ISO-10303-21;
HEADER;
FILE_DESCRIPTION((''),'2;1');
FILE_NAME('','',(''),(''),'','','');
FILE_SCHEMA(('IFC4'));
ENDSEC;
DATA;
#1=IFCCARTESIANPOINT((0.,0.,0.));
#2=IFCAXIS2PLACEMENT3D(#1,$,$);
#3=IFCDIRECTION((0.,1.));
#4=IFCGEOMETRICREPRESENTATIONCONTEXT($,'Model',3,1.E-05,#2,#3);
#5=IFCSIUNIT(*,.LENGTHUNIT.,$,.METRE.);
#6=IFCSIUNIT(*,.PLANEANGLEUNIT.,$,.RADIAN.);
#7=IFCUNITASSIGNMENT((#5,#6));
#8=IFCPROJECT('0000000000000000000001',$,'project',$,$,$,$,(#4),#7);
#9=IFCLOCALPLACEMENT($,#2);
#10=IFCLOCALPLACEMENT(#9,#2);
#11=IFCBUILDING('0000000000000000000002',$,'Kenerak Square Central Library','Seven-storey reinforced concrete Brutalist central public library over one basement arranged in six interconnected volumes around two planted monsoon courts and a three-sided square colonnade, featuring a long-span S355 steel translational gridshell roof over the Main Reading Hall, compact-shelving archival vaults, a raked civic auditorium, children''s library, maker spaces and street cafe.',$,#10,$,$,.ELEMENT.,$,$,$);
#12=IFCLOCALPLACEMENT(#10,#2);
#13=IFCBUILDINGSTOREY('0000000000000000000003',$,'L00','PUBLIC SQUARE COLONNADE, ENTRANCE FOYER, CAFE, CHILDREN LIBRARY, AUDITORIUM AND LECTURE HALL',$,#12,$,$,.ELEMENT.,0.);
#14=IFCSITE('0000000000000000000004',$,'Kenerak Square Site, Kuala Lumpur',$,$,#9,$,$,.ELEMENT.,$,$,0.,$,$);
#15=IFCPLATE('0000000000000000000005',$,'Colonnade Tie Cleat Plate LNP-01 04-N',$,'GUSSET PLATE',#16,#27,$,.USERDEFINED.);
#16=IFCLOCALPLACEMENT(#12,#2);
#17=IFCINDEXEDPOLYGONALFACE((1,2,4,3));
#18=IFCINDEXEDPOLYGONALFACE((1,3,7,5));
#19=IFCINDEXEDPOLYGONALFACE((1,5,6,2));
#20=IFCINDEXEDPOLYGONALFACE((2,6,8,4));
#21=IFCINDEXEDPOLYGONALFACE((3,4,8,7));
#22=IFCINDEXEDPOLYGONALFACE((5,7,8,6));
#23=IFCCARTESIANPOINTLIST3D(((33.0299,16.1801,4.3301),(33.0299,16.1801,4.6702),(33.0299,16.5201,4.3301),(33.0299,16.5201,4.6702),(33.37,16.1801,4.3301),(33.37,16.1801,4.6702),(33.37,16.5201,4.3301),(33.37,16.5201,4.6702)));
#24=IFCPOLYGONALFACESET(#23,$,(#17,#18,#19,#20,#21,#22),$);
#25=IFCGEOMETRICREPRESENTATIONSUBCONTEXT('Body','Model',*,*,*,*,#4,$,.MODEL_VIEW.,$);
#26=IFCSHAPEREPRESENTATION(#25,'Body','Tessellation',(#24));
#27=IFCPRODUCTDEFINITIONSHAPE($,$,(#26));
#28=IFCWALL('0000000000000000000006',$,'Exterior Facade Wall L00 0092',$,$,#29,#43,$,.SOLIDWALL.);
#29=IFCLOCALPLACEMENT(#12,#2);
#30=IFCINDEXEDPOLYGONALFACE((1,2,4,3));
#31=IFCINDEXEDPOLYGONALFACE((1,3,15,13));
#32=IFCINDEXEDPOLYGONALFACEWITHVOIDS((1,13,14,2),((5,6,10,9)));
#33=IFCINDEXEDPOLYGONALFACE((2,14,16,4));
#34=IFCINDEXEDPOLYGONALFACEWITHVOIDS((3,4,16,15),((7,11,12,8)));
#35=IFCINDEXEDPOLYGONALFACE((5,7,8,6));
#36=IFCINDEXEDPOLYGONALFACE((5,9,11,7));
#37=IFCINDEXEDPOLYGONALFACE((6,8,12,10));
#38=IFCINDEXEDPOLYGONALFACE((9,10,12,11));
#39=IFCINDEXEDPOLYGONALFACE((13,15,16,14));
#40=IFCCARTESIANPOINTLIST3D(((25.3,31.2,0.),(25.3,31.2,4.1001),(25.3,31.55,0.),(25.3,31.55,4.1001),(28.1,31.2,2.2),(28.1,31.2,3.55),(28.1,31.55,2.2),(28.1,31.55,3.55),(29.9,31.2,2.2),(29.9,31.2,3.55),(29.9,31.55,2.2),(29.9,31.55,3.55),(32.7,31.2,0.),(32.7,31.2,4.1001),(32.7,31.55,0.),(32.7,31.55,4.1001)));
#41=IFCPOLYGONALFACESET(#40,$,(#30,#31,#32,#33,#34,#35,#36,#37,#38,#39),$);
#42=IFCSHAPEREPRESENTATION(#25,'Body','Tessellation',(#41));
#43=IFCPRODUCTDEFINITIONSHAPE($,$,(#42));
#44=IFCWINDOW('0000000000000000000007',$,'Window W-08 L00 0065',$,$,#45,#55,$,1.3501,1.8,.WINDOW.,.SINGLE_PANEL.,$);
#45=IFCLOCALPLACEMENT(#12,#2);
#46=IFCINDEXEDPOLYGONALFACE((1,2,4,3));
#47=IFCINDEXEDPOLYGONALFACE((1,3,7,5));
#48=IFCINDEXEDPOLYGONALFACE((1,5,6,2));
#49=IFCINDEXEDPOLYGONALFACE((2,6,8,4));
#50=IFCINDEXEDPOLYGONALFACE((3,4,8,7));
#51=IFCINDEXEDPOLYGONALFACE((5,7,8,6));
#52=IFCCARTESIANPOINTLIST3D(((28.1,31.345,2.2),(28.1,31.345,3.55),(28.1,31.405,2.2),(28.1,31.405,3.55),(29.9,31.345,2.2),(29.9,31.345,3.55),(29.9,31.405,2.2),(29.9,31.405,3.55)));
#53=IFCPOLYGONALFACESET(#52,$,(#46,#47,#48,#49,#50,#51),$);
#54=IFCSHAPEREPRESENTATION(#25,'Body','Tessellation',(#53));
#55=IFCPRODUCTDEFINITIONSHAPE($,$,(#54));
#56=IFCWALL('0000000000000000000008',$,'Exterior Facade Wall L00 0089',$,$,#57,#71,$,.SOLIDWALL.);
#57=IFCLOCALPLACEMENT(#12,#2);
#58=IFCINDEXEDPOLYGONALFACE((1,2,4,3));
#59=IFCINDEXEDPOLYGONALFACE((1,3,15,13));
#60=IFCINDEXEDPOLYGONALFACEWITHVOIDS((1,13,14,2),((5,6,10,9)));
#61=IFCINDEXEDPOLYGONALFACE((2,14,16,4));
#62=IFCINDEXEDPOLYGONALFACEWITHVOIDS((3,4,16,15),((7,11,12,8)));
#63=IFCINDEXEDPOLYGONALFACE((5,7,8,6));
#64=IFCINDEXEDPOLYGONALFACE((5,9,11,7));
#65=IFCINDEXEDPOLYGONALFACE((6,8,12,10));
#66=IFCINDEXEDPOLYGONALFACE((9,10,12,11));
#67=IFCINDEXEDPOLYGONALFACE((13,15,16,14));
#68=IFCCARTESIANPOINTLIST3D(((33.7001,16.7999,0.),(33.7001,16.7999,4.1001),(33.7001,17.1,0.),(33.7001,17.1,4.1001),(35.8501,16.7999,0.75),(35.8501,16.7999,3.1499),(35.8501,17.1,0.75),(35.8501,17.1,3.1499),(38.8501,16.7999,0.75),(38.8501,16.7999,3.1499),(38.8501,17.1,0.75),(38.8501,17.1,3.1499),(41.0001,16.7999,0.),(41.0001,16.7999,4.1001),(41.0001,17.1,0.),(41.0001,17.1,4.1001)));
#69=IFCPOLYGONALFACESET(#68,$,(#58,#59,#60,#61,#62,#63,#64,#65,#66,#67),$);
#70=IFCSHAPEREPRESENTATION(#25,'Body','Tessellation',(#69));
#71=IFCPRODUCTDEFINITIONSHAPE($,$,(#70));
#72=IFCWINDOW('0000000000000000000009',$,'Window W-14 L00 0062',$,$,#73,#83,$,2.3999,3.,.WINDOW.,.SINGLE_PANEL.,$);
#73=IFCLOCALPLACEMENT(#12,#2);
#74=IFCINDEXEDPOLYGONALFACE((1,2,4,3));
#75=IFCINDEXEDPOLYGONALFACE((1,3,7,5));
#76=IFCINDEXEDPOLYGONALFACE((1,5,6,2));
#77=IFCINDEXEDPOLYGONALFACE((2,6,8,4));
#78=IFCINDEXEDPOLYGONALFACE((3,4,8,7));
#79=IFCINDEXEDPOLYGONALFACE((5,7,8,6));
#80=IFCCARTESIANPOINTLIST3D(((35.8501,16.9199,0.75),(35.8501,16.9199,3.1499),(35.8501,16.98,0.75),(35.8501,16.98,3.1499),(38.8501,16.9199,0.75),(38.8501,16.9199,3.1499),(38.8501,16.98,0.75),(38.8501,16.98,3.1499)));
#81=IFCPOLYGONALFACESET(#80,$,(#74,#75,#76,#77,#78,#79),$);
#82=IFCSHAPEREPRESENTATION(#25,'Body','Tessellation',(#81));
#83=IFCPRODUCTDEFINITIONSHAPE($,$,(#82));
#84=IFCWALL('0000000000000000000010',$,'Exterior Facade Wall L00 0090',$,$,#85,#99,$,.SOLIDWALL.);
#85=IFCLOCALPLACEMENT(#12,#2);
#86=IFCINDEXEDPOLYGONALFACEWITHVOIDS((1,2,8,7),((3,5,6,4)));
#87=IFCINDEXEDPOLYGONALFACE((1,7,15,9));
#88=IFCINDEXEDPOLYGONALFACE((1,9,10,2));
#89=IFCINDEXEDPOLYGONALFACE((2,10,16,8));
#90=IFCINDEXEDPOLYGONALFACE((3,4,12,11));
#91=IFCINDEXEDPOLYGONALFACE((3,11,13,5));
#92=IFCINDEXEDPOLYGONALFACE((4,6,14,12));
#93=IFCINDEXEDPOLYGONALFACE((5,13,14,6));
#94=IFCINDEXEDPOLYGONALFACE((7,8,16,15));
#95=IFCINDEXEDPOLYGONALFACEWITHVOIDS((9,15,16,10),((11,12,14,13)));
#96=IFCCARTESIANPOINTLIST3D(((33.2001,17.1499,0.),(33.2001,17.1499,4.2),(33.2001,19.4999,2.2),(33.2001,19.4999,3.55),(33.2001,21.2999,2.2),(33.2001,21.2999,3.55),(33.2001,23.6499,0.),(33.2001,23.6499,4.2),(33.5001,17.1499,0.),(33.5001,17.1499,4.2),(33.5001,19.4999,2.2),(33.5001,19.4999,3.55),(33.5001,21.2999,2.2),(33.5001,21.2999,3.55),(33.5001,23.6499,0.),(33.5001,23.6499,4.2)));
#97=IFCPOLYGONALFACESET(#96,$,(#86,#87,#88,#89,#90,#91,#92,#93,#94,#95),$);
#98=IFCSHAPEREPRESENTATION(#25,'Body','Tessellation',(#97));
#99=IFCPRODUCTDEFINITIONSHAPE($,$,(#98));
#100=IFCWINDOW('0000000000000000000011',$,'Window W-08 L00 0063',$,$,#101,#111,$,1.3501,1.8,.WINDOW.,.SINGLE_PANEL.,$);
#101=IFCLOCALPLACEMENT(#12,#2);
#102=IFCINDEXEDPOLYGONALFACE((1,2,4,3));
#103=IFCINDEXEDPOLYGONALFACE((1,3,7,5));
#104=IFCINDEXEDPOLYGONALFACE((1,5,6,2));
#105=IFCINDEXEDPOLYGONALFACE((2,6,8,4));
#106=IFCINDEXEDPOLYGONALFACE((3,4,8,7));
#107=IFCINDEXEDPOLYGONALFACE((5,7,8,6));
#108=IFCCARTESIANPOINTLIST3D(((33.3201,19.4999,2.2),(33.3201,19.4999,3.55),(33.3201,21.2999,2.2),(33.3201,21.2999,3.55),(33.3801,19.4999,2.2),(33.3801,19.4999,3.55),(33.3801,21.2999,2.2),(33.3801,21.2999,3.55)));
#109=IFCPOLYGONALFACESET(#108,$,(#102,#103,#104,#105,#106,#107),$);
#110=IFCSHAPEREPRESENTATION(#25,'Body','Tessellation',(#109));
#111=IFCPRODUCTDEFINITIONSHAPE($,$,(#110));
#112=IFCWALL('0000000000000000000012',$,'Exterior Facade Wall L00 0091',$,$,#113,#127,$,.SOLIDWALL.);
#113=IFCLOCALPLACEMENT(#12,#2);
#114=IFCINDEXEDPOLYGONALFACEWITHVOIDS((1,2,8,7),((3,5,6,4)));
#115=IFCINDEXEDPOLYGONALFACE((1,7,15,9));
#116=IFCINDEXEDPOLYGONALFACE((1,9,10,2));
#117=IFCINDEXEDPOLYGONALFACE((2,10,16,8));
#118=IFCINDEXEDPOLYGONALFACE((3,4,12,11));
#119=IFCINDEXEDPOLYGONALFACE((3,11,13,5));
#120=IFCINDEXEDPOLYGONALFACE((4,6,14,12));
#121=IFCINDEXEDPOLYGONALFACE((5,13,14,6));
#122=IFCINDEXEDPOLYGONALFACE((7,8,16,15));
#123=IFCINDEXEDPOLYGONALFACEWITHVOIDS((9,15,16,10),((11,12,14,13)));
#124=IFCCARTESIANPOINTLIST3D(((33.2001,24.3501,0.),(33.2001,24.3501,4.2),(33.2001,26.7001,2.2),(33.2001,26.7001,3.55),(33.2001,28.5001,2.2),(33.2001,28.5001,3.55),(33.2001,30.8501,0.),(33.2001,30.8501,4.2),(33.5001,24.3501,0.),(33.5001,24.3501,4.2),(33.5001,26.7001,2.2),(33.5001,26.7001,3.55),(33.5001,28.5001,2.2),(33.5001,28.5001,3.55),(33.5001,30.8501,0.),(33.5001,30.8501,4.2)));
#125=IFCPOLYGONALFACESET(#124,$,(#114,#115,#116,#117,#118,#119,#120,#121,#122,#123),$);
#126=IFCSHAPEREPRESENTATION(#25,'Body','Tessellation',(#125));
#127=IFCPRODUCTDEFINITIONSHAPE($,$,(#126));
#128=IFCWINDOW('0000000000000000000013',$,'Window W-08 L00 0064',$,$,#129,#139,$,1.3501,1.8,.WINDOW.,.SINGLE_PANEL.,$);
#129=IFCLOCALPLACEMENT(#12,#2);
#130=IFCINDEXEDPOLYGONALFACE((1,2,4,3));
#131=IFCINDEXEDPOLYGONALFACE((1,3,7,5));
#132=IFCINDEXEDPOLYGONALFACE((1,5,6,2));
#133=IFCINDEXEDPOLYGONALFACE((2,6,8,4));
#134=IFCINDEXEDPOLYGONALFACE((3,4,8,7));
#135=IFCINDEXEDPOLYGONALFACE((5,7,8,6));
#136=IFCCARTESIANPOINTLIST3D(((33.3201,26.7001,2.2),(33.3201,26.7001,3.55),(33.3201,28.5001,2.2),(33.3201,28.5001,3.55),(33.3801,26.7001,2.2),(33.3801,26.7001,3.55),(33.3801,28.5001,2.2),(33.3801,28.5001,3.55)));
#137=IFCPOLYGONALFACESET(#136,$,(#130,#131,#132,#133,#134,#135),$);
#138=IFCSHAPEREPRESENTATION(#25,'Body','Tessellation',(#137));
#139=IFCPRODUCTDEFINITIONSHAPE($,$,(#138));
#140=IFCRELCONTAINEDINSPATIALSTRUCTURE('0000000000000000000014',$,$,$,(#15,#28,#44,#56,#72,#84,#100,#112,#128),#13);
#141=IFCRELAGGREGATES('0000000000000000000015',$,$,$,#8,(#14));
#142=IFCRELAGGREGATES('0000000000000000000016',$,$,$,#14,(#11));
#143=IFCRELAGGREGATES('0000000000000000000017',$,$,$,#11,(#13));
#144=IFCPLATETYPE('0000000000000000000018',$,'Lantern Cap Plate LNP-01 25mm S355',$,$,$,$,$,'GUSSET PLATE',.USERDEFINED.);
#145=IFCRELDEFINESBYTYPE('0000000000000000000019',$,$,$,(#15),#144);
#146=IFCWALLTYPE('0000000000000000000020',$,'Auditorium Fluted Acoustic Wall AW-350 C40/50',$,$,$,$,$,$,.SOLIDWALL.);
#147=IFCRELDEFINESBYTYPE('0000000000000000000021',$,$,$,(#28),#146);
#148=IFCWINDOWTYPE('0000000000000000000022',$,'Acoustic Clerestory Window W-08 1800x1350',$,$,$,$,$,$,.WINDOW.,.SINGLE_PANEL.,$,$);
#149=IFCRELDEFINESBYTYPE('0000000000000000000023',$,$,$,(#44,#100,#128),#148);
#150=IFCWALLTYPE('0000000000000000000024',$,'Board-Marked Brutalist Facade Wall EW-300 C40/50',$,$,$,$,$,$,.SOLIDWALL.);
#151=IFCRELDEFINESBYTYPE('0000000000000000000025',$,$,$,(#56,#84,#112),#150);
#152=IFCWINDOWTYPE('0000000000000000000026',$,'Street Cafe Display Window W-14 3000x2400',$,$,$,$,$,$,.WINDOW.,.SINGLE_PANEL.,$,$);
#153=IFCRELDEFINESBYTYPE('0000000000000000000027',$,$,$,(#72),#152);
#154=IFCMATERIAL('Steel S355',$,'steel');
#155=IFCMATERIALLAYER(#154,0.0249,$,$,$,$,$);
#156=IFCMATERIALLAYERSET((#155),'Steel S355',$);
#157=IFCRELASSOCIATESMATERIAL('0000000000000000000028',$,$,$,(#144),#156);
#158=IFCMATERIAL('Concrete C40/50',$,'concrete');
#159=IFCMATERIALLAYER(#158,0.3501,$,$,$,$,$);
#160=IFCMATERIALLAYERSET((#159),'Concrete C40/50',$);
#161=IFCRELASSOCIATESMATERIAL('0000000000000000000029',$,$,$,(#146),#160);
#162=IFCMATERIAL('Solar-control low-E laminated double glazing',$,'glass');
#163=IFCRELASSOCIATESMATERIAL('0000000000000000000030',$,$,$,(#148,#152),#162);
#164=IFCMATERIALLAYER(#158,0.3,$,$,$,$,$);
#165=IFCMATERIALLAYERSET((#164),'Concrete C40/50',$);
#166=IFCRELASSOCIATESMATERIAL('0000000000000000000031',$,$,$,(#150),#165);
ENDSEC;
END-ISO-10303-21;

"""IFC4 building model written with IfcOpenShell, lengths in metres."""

from ifc_helpers import new_model, si_unit, direction, frame, frame_2d, origin, origin_2d, place, context, subcontext, project, spatial, rectangle, extrude, material, layer, layer_set, type_object, element, fill, save


model = new_model("IFC4")

# Units and contexts
model_context = context("Model", 3, precision=1e-05, world=origin(), true_north=direction((0.0, 1.0)))
body_context = subcontext(model_context, "Body", "Model", "MODEL_VIEW")
ifc_project = project(units=[si_unit("LENGTHUNIT", "METRE"), si_unit("PLANEANGLEUNIT", "RADIAN")], contexts=[model_context])

# Site, building, storey
site_placement = place(None, origin())
site = spatial("IfcSite", under=ifc_project, at=site_placement, Name="Kenerak Square Site, Kuala Lumpur", CompositionType="ELEMENT", RefElevation=0.0)
building_placement = place(site_placement, origin())
building = spatial("IfcBuilding", under=site, at=building_placement, Name="Kenerak Square Central Library", Description="Seven-storey reinforced concrete Brutalist central public library over one basement arranged in six interconnected volumes around two planted monsoon courts and a three-sided square colonnade, featuring a long-span S355 steel translational gridshell roof over the Main Reading Hall, compact-shelving archival vaults, a raked civic auditorium, children's library, maker spaces and street cafe.", CompositionType="ELEMENT")
storey_placement = place(building_placement, origin())
storey = spatial("IfcBuildingStorey", under=building, at=storey_placement, Name="L00", Description="PUBLIC SQUARE COLONNADE, ENTRANCE FOYER, CAFE, CHILDREN LIBRARY, AUDITORIUM AND LECTURE HALL", CompositionType="ELEMENT", Elevation=0.0)

# Shared definitions
ifc_material_1 = material(Name="Steel S355", Category="steel")

# Shared definitions
ifc_material_2 = material(Name="Concrete C40/50", Category="concrete")

# Plate
ifc_layer_1 = layer(ifc_material_1, 0.0249)
ifc_layer_set_1 = layer_set([ifc_layer_1], Name="Steel S355")
plate_type = type_object("IfcPlateType", Name="Lantern Cap Plate LNP-01 25mm S355", ElementType="GUSSET PLATE", PredefinedType="USERDEFINED", material=ifc_layer_set_1)
for number, where, z_axis, x_axis, name in (
    (1, (33.2, 16.3501, 4.3301), (0.0, 0.0, 1.0), (1.0, 0.0, 0.0), "Colonnade Tie Cleat Plate LNP-01 04-N"),
):
    element("IfcPlate", number, at=place(storey_placement, frame(where, z_axis=z_axis, x_axis=x_axis)), inside=storey, type_object=plate_type, Name=name, ObjectType="GUSSET PLATE", PredefinedType="USERDEFINED", context=body_context, shape_type="SweptSolid", body=[
        extrude(rectangle(XDim=0.3401, YDim=0.3401, at=origin_2d()), origin(), (0.0, 0.0, 1.0), 0.3401),
    ])

# Walls, openings, windows
ifc_layer_2 = layer(ifc_material_2, 0.3501)
ifc_layer_set_2 = layer_set([ifc_layer_2], Name="Concrete C40/50")
wall_type_1 = type_object("IfcWallType", Name="Auditorium Fluted Acoustic Wall AW-350 C40/50", PredefinedType="SOLIDWALL", material=ifc_layer_set_2)
wall_1_placement = place(storey_placement, frame((32.7, 31.375, 0.0), z_axis=(0.0, 0.0, 1.0), x_axis=(-1.0, 0.0, 0.0)))
wall_1 = element("IfcWall", 2, at=wall_1_placement, inside=storey, type_object=wall_type_1, Name="Exterior Facade Wall L00 0092", PredefinedType="SOLIDWALL", context=body_context, shape_type="SweptSolid", body=[
    extrude(rectangle(XDim=7.3999, YDim=0.3501, at=frame_2d((3.7, 0.0))), origin(), (0.0, 0.0, 1.0), 4.1001),
])
opening_1_placement = place(wall_1_placement, frame((2.8, 0.0, 2.2)))
opening_1 = element("IfcOpeningElement", 3, at=opening_1_placement, cuts=wall_1, PredefinedType="OPENING", context=body_context, shape_type="SweptSolid", body=[
    extrude(rectangle(XDim=1.8, YDim=1.3501, at=frame_2d((0.8999, 0.675))), frame((0.0, 0.1851, 0.0), z_axis=(0.0, -1.0, 0.0), x_axis=(1.0, 0.0, 0.0)), (0.0, 0.0, 1.0), 0.3701),
])
ifc_material_3 = material(Name="Solar-control low-E laminated double glazing", Category="glass")
window_type_1 = type_object("IfcWindowType", Name="Acoustic Clerestory Window W-08 1800x1350", PartitioningType="SINGLE_PANEL", PredefinedType="WINDOW", material=ifc_material_3)
window_1_placement = place(opening_1_placement, origin())
window_1 = element("IfcWindow", 4, at=window_1_placement, inside=storey, type_object=window_type_1, Name="Window W-08 L00 0065", OverallHeight=1.3501, OverallWidth=1.8, PartitioningType="SINGLE_PANEL", PredefinedType="WINDOW", context=body_context, shape_type="SweptSolid", body=[
    extrude(rectangle(XDim=1.8, YDim=1.3501, at=frame_2d((0.8999, 0.675))), frame((0.0, 0.03, 0.0), z_axis=(0.0, -1.0, 0.0), x_axis=(1.0, 0.0, 0.0)), (0.0, 0.0, 1.0), 0.0601),
])
fill(opening_1, window_1)
ifc_layer_3 = layer(ifc_material_2, 0.3)
ifc_layer_set_3 = layer_set([ifc_layer_3], Name="Concrete C40/50")
wall_type_2 = type_object("IfcWallType", Name="Board-Marked Brutalist Facade Wall EW-300 C40/50", PredefinedType="SOLIDWALL", material=ifc_layer_set_3)
wall_2_placement = place(storey_placement, frame((41.0, 16.95, 0.0), z_axis=(0.0, 0.0, 1.0), x_axis=(-1.0, 0.0, 0.0)))
wall_2 = element("IfcWall", 5, at=wall_2_placement, inside=storey, type_object=wall_type_2, Name="Exterior Facade Wall L00 0089", PredefinedType="SOLIDWALL", context=body_context, shape_type="SweptSolid", body=[
    extrude(rectangle(XDim=7.3, YDim=0.3, at=frame_2d((3.6499, 0.0))), origin(), (0.0, 0.0, 1.0), 4.1001),
])
opening_2_placement = place(wall_2_placement, frame((2.1499, 0.0, 0.75)))
opening_2 = element("IfcOpeningElement", 6, at=opening_2_placement, cuts=wall_2, PredefinedType="OPENING", context=body_context, shape_type="SweptSolid", body=[
    extrude(rectangle(XDim=3.0, YDim=2.3999, at=frame_2d((1.5, 1.2))), frame((0.0, 0.1599, 0.0), z_axis=(0.0, -1.0, 0.0), x_axis=(1.0, 0.0, 0.0)), (0.0, 0.0, 1.0), 0.3201),
])
window_type_2 = type_object("IfcWindowType", Name="Street Cafe Display Window W-14 3000x2400", PartitioningType="SINGLE_PANEL", PredefinedType="WINDOW", material=ifc_material_3)
window_2_placement = place(opening_2_placement, origin())
window_2 = element("IfcWindow", 7, at=window_2_placement, inside=storey, type_object=window_type_2, Name="Window W-14 L00 0062", OverallHeight=2.3999, OverallWidth=3.0, PartitioningType="SINGLE_PANEL", PredefinedType="WINDOW", context=body_context, shape_type="SweptSolid", body=[
    extrude(rectangle(XDim=3.0, YDim=2.3999, at=frame_2d((1.5, 1.2))), frame((0.0, 0.03, 0.0), z_axis=(0.0, -1.0, 0.0), x_axis=(1.0, 0.0, 0.0)), (0.0, 0.0, 1.0), 0.0601),
])
fill(opening_2, window_2)
wall_3_placement = place(storey_placement, frame((33.3501, 17.1499, 0.0), z_axis=(0.0, 0.0, 1.0), x_axis=(0.0, 1.0, 0.0)))
wall_3 = element("IfcWall", 8, at=wall_3_placement, inside=storey, type_object=wall_type_2, Name="Exterior Facade Wall L00 0090", PredefinedType="SOLIDWALL", context=body_context, shape_type="SweptSolid", body=[
    extrude(rectangle(XDim=6.5, YDim=0.3, at=frame_2d((3.25, 0.0))), origin(), (0.0, 0.0, 1.0), 4.2),
])
opening_3_placement = place(wall_3_placement, frame((2.3501, 0.0, 2.2)))
opening_3 = element("IfcOpeningElement", 9, at=opening_3_placement, cuts=wall_3, PredefinedType="OPENING", context=body_context, shape_type="SweptSolid", body=[
    extrude(rectangle(XDim=1.8, YDim=1.3501, at=frame_2d((0.8999, 0.675))), frame((0.0, 0.1599, 0.0), z_axis=(0.0, -1.0, 0.0), x_axis=(1.0, 0.0, 0.0)), (0.0, 0.0, 1.0), 0.3201),
])
window_3_placement = place(opening_3_placement, origin())
window_3 = element("IfcWindow", 10, at=window_3_placement, inside=storey, type_object=window_type_1, Name="Window W-08 L00 0063", OverallHeight=1.3501, OverallWidth=1.8, PartitioningType="SINGLE_PANEL", PredefinedType="WINDOW", context=body_context, shape_type="SweptSolid", body=[
    extrude(rectangle(XDim=1.8, YDim=1.3501, at=frame_2d((0.8999, 0.675))), frame((0.0, 0.03, 0.0), z_axis=(0.0, -1.0, 0.0), x_axis=(1.0, 0.0, 0.0)), (0.0, 0.0, 1.0), 0.0601),
])
fill(opening_3, window_3)
wall_4_placement = place(storey_placement, frame((33.3501, 24.3501, 0.0), z_axis=(0.0, 0.0, 1.0), x_axis=(0.0, 1.0, 0.0)))
wall_4 = element("IfcWall", 11, at=wall_4_placement, inside=storey, type_object=wall_type_2, Name="Exterior Facade Wall L00 0091", PredefinedType="SOLIDWALL", context=body_context, shape_type="SweptSolid", body=[
    extrude(rectangle(XDim=6.5, YDim=0.3, at=frame_2d((3.25, 0.0))), origin(), (0.0, 0.0, 1.0), 4.2),
])
opening_4_placement = place(wall_4_placement, frame((2.3501, 0.0, 2.2)))
opening_4 = element("IfcOpeningElement", 12, at=opening_4_placement, cuts=wall_4, PredefinedType="OPENING", context=body_context, shape_type="SweptSolid", body=[
    extrude(rectangle(XDim=1.8, YDim=1.3501, at=frame_2d((0.8999, 0.675))), frame((0.0, 0.1599, 0.0), z_axis=(0.0, -1.0, 0.0), x_axis=(1.0, 0.0, 0.0)), (0.0, 0.0, 1.0), 0.3201),
])
window_4_placement = place(opening_4_placement, origin())
window_4 = element("IfcWindow", 13, at=window_4_placement, inside=storey, type_object=window_type_1, Name="Window W-08 L00 0064", OverallHeight=1.3501, OverallWidth=1.8, PartitioningType="SINGLE_PANEL", PredefinedType="WINDOW", context=body_context, shape_type="SweptSolid", body=[
    extrude(rectangle(XDim=1.8, YDim=1.3501, at=frame_2d((0.8999, 0.675))), frame((0.0, 0.03, 0.0), z_axis=(0.0, -1.0, 0.0), x_axis=(1.0, 0.0, 0.0)), (0.0, 0.0, 1.0), 0.0601),
])
fill(opening_4, window_4)

save(model, "model.ifc")
